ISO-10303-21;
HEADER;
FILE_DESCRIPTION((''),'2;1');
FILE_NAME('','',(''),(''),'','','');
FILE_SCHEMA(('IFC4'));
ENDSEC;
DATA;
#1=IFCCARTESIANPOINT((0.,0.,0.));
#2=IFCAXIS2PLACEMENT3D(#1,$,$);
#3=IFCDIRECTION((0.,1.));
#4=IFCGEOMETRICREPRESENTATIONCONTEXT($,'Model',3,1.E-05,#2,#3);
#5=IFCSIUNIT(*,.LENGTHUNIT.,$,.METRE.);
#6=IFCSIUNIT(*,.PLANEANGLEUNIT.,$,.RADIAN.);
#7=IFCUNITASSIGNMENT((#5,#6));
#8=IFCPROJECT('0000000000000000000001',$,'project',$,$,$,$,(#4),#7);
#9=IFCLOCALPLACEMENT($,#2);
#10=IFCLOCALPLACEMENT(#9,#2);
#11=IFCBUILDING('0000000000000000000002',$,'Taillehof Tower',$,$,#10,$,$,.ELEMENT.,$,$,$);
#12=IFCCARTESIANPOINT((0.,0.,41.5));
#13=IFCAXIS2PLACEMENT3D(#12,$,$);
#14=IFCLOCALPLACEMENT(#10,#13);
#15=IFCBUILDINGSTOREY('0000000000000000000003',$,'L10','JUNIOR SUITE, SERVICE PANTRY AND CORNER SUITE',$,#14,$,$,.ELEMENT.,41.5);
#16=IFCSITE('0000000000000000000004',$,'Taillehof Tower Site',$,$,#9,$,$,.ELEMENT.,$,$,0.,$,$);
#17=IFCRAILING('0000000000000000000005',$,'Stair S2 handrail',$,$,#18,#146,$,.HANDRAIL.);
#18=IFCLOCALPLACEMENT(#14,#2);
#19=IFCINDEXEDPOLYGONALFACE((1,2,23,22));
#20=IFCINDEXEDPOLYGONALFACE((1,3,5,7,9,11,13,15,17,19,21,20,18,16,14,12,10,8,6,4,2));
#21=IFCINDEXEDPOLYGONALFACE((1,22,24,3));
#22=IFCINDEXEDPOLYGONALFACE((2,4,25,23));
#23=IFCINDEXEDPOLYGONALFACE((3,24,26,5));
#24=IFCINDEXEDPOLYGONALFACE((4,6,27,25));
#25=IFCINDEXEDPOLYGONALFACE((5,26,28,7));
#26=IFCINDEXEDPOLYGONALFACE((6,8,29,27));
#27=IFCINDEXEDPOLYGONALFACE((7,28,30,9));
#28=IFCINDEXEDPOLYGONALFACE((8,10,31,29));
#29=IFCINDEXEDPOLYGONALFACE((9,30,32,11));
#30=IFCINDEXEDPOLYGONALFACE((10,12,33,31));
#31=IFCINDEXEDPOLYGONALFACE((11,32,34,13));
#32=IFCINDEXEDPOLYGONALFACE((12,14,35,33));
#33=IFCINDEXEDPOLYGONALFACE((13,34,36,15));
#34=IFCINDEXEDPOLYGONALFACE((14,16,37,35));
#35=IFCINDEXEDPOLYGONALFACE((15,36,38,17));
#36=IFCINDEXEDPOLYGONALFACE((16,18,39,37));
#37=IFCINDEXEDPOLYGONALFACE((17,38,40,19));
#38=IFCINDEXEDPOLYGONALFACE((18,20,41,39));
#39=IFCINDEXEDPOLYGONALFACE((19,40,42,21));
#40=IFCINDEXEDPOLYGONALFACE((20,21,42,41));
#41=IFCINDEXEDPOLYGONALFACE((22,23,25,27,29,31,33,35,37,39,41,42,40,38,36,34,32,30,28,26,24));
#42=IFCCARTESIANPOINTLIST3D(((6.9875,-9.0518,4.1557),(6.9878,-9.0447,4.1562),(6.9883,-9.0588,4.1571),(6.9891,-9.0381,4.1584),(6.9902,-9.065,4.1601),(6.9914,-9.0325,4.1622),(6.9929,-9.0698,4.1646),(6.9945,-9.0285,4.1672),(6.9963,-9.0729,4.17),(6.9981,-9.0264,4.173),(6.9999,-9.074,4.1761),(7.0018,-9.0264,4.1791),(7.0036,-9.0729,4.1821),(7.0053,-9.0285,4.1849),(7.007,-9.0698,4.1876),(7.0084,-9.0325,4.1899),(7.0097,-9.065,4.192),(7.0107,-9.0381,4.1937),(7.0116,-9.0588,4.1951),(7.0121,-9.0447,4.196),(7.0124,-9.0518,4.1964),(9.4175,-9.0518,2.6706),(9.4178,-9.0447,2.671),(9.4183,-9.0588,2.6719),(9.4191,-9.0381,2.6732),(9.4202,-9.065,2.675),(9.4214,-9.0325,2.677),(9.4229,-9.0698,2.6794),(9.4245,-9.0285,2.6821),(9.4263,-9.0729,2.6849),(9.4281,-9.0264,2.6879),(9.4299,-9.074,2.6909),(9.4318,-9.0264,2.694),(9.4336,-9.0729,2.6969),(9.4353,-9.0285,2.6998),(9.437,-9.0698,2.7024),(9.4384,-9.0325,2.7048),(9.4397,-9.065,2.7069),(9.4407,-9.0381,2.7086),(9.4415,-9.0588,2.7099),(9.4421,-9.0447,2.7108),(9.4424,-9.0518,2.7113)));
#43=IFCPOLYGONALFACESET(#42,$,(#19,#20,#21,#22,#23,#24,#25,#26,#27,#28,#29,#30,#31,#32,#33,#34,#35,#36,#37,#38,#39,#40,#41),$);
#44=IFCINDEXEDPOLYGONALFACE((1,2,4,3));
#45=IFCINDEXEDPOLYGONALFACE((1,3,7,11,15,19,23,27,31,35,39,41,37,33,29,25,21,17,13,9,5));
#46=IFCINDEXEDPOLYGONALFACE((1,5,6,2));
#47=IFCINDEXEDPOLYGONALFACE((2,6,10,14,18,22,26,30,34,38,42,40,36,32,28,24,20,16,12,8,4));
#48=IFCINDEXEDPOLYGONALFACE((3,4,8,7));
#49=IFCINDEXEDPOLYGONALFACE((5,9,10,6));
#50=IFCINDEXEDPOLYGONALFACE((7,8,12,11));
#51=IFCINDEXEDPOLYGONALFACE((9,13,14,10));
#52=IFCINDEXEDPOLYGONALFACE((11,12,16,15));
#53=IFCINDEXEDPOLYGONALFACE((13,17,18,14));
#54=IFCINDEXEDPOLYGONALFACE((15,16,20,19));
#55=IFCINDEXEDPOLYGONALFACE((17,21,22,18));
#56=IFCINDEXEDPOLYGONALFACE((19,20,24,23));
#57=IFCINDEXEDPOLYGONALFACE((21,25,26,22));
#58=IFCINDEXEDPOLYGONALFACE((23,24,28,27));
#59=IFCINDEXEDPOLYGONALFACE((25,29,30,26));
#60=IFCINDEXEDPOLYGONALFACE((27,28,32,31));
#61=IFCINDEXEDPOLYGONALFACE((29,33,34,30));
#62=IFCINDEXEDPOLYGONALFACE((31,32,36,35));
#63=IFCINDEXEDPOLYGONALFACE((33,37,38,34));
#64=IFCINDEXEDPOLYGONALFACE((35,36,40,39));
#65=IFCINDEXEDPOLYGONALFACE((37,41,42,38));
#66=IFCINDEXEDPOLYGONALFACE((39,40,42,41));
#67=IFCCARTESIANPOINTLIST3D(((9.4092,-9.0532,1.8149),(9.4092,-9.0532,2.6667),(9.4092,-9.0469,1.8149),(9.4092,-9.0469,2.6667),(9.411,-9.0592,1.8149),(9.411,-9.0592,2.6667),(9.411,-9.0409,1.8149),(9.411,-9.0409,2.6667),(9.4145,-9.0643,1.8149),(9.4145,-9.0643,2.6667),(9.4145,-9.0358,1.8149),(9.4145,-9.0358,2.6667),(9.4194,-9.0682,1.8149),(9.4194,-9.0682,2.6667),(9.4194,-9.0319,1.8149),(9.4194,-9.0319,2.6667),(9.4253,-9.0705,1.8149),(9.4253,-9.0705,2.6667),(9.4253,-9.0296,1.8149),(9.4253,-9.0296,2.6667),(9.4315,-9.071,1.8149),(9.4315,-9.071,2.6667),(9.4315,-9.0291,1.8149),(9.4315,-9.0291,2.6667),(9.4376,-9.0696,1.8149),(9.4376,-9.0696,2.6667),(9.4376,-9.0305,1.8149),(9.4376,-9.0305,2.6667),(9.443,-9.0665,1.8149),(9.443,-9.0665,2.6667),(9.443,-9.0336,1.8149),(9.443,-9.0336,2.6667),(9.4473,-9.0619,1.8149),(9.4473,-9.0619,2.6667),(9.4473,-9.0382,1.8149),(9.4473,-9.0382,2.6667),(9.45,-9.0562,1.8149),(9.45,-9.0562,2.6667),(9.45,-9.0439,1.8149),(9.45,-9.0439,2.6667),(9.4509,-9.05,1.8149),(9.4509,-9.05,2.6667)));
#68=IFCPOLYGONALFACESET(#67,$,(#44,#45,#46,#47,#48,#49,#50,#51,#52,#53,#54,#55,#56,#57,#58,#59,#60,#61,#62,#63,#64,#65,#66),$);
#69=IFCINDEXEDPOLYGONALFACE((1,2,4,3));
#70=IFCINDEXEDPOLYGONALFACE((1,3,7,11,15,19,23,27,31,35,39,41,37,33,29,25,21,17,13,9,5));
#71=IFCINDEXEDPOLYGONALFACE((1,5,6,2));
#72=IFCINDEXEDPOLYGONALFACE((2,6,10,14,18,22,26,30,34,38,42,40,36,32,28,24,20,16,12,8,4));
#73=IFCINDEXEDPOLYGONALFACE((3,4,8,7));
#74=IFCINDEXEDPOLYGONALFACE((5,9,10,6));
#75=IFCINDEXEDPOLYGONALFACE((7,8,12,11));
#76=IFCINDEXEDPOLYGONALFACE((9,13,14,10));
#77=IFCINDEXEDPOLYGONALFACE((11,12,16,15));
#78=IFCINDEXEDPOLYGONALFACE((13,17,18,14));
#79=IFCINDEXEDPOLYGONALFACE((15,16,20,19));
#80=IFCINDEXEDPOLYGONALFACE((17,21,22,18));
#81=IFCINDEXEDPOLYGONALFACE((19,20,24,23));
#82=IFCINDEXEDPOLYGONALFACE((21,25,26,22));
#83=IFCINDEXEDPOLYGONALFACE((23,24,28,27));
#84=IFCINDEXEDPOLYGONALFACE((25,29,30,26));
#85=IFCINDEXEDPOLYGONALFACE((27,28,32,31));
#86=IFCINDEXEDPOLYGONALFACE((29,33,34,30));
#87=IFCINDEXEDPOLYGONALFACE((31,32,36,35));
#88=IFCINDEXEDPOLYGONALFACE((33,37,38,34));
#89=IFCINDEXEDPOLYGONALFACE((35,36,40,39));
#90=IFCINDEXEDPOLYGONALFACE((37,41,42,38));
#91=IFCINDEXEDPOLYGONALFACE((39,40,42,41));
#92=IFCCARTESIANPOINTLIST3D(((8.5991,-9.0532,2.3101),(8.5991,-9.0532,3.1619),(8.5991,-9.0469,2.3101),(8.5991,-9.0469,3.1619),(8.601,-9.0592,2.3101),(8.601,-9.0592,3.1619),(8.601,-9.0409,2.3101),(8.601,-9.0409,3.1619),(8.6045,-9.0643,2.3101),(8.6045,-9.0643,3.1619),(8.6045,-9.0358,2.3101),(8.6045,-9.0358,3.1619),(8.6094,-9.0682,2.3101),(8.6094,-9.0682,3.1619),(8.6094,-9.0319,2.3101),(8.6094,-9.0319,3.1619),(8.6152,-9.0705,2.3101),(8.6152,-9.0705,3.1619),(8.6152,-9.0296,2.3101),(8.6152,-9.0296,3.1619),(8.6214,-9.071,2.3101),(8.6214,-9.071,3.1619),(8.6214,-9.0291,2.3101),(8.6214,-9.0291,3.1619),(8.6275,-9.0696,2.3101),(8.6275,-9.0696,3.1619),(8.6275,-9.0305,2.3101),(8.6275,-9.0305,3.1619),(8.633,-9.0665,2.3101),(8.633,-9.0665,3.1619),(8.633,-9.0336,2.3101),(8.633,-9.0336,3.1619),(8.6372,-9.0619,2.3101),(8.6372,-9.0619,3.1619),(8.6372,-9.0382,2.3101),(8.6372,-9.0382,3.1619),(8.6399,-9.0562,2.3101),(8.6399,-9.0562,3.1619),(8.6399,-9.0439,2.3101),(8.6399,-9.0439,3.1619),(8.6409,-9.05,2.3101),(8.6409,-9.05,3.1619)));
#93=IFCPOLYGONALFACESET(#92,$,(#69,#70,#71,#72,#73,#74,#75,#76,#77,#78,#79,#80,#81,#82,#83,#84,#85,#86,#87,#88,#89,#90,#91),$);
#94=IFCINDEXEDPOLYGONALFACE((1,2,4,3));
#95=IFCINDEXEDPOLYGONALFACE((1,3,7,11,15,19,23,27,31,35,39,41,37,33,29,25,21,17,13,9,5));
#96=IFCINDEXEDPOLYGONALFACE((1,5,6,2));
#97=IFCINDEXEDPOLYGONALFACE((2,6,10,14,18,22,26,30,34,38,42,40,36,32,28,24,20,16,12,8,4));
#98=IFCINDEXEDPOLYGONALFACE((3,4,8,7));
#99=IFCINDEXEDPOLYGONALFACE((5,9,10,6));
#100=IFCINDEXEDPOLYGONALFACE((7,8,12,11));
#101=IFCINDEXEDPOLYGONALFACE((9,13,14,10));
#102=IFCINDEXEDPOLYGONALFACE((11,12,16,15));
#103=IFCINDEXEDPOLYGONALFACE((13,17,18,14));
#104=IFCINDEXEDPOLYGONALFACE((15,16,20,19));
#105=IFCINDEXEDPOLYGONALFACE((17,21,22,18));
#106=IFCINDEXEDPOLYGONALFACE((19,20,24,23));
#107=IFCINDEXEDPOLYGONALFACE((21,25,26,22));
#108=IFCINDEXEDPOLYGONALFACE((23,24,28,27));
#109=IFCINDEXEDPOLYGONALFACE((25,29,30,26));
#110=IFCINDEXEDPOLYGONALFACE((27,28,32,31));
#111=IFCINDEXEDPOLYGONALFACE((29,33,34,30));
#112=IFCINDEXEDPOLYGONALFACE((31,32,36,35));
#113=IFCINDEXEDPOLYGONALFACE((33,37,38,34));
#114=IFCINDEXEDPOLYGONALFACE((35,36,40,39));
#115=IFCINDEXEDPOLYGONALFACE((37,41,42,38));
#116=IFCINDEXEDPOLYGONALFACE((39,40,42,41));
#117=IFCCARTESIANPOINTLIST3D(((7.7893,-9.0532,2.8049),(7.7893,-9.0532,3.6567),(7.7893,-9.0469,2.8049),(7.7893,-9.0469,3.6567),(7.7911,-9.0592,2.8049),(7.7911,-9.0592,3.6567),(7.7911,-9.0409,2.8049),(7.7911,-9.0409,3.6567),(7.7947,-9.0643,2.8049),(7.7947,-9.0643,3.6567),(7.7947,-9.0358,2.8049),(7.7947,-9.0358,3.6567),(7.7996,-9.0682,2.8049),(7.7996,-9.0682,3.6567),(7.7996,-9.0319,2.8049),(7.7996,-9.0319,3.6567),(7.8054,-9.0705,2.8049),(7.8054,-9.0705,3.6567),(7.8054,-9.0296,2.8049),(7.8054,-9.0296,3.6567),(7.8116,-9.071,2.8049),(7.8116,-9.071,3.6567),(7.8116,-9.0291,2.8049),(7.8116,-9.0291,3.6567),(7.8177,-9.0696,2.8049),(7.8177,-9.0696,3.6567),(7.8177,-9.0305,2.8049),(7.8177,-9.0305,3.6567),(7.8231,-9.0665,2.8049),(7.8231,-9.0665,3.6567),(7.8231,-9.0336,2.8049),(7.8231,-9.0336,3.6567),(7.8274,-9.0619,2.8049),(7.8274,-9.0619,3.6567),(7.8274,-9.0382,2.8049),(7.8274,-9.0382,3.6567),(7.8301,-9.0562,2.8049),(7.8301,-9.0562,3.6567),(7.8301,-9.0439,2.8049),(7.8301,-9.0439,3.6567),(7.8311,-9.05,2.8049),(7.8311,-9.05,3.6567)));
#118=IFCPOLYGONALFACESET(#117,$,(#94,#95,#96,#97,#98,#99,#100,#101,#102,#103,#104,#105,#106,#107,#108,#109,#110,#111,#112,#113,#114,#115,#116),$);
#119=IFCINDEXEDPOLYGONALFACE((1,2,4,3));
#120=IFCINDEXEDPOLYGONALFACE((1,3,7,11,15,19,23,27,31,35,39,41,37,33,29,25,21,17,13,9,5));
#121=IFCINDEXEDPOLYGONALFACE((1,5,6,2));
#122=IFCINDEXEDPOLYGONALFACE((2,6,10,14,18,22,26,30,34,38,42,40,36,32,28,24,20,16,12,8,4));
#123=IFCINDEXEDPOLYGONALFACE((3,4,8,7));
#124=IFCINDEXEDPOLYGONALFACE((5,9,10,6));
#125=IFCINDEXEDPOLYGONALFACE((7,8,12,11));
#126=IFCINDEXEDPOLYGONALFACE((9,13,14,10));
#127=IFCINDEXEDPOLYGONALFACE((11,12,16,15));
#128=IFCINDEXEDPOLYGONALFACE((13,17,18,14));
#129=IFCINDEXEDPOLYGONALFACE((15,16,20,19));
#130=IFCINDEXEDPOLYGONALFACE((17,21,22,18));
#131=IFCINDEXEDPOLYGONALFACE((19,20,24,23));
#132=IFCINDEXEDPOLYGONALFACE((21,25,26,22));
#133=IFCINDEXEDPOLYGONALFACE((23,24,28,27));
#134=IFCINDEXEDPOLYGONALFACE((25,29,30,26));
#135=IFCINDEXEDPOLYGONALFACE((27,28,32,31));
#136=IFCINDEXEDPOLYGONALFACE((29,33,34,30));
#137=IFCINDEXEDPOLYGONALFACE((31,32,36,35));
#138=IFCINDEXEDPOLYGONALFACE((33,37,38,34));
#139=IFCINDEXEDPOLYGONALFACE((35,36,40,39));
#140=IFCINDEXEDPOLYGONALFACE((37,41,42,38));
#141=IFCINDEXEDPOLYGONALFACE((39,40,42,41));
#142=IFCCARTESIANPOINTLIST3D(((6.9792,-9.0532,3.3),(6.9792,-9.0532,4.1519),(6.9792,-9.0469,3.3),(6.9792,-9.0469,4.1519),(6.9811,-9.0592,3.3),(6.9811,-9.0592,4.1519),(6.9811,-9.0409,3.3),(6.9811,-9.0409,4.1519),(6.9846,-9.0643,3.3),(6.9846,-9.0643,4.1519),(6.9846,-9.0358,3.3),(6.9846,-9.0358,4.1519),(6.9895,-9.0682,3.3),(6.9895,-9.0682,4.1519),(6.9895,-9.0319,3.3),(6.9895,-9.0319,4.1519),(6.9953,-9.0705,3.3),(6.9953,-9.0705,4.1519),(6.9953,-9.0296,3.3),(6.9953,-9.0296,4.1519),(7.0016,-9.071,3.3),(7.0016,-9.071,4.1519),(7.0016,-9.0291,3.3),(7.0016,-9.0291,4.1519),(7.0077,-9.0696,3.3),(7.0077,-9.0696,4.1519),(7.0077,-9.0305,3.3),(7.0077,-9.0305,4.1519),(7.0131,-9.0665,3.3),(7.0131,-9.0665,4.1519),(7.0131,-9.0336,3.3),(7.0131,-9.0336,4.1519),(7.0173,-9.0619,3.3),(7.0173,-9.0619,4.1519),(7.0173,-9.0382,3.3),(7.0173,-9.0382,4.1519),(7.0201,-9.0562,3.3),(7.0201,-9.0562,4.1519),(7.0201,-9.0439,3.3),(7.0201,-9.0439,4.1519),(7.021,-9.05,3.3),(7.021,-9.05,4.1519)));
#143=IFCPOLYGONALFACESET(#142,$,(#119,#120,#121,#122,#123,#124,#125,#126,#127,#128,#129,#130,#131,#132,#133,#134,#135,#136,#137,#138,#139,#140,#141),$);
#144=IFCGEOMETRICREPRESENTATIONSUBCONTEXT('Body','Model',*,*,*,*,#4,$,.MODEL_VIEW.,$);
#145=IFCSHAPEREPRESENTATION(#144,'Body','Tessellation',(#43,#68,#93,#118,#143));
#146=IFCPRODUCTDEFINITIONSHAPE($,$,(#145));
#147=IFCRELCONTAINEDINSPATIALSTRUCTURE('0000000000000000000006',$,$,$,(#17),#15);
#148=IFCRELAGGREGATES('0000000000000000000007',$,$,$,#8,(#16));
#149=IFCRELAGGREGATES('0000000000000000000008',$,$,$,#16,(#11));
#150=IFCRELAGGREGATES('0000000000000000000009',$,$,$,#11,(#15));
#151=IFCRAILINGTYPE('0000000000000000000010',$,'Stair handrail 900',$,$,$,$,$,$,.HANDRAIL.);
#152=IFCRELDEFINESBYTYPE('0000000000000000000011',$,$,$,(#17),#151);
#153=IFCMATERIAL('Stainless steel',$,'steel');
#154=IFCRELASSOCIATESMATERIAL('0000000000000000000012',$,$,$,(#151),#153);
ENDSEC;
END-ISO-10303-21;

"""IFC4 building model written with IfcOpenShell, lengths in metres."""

from ifc_helpers import new_model, si_unit, direction, frame, origin, origin_2d, place, context, subcontext, project, spatial, circle, extrude, material, type_object, element, save


model = new_model("IFC4")

# Units and contexts
model_context = context("Model", 3, precision=1e-05, world=origin(), true_north=direction((0.0, 1.0)))
body_context = subcontext(model_context, "Body", "Model", "MODEL_VIEW")
ifc_project = project(units=[si_unit("LENGTHUNIT", "METRE"), si_unit("PLANEANGLEUNIT", "RADIAN")], contexts=[model_context])

# Site, building, storey
site_placement = place(None, origin())
site = spatial("IfcSite", under=ifc_project, at=site_placement, Name="Taillehof Tower Site", CompositionType="ELEMENT", RefElevation=0.0)
building_placement = place(site_placement, origin())
building = spatial("IfcBuilding", under=site, at=building_placement, Name="Taillehof Tower", CompositionType="ELEMENT")
storey_placement = place(building_placement, frame((0.0, 0.0, 41.5)))
storey = spatial("IfcBuildingStorey", under=building, at=storey_placement, Name="L10", Description="JUNIOR SUITE, SERVICE PANTRY AND CORNER SUITE", CompositionType="ELEMENT", Elevation=41.5)

# Railing
ifc_material_1 = material(Name="Stainless steel", Category="steel")
railing_type = type_object("IfcRailingType", Name="Stair handrail 900", PredefinedType="HANDRAIL", material=ifc_material_1)
railing_1_placement = place(storey_placement, frame((9.4299, -9.05, 1.8149)))
element("IfcRailing", 1, at=railing_1_placement, inside=storey, type_object=railing_type, Name="Stair S2 handrail", PredefinedType="HANDRAIL", context=body_context, shape_type="SweptSolid", body=[
    extrude(circle(Radius=0.0239, at=origin_2d()), frame((0.0, 0.0, 0.876), z_axis=(-0.853259, 0.0, 0.521488), x_axis=(0.0, -1.0, 0.0)), (0.0, 0.0, 1.0), 2.8479),
    extrude(circle(Radius=0.021, at=origin_2d()), origin(), (0.0, 0.0, 1.0), 0.8518),
    extrude(circle(Radius=0.021, at=origin_2d()), frame((-0.8101, 0.0, 0.4951)), (0.0, 0.0, 1.0), 0.8518),
    extrude(circle(Radius=0.021, at=origin_2d()), frame((-1.6199, 0.0, 0.99)), (0.0, 0.0, 1.0), 0.8518),
    extrude(circle(Radius=0.021, at=origin_2d()), frame((-2.4299, 0.0, 1.4851)), (0.0, 0.0, 1.0), 0.8518),
])

save(model, "model.ifc")
